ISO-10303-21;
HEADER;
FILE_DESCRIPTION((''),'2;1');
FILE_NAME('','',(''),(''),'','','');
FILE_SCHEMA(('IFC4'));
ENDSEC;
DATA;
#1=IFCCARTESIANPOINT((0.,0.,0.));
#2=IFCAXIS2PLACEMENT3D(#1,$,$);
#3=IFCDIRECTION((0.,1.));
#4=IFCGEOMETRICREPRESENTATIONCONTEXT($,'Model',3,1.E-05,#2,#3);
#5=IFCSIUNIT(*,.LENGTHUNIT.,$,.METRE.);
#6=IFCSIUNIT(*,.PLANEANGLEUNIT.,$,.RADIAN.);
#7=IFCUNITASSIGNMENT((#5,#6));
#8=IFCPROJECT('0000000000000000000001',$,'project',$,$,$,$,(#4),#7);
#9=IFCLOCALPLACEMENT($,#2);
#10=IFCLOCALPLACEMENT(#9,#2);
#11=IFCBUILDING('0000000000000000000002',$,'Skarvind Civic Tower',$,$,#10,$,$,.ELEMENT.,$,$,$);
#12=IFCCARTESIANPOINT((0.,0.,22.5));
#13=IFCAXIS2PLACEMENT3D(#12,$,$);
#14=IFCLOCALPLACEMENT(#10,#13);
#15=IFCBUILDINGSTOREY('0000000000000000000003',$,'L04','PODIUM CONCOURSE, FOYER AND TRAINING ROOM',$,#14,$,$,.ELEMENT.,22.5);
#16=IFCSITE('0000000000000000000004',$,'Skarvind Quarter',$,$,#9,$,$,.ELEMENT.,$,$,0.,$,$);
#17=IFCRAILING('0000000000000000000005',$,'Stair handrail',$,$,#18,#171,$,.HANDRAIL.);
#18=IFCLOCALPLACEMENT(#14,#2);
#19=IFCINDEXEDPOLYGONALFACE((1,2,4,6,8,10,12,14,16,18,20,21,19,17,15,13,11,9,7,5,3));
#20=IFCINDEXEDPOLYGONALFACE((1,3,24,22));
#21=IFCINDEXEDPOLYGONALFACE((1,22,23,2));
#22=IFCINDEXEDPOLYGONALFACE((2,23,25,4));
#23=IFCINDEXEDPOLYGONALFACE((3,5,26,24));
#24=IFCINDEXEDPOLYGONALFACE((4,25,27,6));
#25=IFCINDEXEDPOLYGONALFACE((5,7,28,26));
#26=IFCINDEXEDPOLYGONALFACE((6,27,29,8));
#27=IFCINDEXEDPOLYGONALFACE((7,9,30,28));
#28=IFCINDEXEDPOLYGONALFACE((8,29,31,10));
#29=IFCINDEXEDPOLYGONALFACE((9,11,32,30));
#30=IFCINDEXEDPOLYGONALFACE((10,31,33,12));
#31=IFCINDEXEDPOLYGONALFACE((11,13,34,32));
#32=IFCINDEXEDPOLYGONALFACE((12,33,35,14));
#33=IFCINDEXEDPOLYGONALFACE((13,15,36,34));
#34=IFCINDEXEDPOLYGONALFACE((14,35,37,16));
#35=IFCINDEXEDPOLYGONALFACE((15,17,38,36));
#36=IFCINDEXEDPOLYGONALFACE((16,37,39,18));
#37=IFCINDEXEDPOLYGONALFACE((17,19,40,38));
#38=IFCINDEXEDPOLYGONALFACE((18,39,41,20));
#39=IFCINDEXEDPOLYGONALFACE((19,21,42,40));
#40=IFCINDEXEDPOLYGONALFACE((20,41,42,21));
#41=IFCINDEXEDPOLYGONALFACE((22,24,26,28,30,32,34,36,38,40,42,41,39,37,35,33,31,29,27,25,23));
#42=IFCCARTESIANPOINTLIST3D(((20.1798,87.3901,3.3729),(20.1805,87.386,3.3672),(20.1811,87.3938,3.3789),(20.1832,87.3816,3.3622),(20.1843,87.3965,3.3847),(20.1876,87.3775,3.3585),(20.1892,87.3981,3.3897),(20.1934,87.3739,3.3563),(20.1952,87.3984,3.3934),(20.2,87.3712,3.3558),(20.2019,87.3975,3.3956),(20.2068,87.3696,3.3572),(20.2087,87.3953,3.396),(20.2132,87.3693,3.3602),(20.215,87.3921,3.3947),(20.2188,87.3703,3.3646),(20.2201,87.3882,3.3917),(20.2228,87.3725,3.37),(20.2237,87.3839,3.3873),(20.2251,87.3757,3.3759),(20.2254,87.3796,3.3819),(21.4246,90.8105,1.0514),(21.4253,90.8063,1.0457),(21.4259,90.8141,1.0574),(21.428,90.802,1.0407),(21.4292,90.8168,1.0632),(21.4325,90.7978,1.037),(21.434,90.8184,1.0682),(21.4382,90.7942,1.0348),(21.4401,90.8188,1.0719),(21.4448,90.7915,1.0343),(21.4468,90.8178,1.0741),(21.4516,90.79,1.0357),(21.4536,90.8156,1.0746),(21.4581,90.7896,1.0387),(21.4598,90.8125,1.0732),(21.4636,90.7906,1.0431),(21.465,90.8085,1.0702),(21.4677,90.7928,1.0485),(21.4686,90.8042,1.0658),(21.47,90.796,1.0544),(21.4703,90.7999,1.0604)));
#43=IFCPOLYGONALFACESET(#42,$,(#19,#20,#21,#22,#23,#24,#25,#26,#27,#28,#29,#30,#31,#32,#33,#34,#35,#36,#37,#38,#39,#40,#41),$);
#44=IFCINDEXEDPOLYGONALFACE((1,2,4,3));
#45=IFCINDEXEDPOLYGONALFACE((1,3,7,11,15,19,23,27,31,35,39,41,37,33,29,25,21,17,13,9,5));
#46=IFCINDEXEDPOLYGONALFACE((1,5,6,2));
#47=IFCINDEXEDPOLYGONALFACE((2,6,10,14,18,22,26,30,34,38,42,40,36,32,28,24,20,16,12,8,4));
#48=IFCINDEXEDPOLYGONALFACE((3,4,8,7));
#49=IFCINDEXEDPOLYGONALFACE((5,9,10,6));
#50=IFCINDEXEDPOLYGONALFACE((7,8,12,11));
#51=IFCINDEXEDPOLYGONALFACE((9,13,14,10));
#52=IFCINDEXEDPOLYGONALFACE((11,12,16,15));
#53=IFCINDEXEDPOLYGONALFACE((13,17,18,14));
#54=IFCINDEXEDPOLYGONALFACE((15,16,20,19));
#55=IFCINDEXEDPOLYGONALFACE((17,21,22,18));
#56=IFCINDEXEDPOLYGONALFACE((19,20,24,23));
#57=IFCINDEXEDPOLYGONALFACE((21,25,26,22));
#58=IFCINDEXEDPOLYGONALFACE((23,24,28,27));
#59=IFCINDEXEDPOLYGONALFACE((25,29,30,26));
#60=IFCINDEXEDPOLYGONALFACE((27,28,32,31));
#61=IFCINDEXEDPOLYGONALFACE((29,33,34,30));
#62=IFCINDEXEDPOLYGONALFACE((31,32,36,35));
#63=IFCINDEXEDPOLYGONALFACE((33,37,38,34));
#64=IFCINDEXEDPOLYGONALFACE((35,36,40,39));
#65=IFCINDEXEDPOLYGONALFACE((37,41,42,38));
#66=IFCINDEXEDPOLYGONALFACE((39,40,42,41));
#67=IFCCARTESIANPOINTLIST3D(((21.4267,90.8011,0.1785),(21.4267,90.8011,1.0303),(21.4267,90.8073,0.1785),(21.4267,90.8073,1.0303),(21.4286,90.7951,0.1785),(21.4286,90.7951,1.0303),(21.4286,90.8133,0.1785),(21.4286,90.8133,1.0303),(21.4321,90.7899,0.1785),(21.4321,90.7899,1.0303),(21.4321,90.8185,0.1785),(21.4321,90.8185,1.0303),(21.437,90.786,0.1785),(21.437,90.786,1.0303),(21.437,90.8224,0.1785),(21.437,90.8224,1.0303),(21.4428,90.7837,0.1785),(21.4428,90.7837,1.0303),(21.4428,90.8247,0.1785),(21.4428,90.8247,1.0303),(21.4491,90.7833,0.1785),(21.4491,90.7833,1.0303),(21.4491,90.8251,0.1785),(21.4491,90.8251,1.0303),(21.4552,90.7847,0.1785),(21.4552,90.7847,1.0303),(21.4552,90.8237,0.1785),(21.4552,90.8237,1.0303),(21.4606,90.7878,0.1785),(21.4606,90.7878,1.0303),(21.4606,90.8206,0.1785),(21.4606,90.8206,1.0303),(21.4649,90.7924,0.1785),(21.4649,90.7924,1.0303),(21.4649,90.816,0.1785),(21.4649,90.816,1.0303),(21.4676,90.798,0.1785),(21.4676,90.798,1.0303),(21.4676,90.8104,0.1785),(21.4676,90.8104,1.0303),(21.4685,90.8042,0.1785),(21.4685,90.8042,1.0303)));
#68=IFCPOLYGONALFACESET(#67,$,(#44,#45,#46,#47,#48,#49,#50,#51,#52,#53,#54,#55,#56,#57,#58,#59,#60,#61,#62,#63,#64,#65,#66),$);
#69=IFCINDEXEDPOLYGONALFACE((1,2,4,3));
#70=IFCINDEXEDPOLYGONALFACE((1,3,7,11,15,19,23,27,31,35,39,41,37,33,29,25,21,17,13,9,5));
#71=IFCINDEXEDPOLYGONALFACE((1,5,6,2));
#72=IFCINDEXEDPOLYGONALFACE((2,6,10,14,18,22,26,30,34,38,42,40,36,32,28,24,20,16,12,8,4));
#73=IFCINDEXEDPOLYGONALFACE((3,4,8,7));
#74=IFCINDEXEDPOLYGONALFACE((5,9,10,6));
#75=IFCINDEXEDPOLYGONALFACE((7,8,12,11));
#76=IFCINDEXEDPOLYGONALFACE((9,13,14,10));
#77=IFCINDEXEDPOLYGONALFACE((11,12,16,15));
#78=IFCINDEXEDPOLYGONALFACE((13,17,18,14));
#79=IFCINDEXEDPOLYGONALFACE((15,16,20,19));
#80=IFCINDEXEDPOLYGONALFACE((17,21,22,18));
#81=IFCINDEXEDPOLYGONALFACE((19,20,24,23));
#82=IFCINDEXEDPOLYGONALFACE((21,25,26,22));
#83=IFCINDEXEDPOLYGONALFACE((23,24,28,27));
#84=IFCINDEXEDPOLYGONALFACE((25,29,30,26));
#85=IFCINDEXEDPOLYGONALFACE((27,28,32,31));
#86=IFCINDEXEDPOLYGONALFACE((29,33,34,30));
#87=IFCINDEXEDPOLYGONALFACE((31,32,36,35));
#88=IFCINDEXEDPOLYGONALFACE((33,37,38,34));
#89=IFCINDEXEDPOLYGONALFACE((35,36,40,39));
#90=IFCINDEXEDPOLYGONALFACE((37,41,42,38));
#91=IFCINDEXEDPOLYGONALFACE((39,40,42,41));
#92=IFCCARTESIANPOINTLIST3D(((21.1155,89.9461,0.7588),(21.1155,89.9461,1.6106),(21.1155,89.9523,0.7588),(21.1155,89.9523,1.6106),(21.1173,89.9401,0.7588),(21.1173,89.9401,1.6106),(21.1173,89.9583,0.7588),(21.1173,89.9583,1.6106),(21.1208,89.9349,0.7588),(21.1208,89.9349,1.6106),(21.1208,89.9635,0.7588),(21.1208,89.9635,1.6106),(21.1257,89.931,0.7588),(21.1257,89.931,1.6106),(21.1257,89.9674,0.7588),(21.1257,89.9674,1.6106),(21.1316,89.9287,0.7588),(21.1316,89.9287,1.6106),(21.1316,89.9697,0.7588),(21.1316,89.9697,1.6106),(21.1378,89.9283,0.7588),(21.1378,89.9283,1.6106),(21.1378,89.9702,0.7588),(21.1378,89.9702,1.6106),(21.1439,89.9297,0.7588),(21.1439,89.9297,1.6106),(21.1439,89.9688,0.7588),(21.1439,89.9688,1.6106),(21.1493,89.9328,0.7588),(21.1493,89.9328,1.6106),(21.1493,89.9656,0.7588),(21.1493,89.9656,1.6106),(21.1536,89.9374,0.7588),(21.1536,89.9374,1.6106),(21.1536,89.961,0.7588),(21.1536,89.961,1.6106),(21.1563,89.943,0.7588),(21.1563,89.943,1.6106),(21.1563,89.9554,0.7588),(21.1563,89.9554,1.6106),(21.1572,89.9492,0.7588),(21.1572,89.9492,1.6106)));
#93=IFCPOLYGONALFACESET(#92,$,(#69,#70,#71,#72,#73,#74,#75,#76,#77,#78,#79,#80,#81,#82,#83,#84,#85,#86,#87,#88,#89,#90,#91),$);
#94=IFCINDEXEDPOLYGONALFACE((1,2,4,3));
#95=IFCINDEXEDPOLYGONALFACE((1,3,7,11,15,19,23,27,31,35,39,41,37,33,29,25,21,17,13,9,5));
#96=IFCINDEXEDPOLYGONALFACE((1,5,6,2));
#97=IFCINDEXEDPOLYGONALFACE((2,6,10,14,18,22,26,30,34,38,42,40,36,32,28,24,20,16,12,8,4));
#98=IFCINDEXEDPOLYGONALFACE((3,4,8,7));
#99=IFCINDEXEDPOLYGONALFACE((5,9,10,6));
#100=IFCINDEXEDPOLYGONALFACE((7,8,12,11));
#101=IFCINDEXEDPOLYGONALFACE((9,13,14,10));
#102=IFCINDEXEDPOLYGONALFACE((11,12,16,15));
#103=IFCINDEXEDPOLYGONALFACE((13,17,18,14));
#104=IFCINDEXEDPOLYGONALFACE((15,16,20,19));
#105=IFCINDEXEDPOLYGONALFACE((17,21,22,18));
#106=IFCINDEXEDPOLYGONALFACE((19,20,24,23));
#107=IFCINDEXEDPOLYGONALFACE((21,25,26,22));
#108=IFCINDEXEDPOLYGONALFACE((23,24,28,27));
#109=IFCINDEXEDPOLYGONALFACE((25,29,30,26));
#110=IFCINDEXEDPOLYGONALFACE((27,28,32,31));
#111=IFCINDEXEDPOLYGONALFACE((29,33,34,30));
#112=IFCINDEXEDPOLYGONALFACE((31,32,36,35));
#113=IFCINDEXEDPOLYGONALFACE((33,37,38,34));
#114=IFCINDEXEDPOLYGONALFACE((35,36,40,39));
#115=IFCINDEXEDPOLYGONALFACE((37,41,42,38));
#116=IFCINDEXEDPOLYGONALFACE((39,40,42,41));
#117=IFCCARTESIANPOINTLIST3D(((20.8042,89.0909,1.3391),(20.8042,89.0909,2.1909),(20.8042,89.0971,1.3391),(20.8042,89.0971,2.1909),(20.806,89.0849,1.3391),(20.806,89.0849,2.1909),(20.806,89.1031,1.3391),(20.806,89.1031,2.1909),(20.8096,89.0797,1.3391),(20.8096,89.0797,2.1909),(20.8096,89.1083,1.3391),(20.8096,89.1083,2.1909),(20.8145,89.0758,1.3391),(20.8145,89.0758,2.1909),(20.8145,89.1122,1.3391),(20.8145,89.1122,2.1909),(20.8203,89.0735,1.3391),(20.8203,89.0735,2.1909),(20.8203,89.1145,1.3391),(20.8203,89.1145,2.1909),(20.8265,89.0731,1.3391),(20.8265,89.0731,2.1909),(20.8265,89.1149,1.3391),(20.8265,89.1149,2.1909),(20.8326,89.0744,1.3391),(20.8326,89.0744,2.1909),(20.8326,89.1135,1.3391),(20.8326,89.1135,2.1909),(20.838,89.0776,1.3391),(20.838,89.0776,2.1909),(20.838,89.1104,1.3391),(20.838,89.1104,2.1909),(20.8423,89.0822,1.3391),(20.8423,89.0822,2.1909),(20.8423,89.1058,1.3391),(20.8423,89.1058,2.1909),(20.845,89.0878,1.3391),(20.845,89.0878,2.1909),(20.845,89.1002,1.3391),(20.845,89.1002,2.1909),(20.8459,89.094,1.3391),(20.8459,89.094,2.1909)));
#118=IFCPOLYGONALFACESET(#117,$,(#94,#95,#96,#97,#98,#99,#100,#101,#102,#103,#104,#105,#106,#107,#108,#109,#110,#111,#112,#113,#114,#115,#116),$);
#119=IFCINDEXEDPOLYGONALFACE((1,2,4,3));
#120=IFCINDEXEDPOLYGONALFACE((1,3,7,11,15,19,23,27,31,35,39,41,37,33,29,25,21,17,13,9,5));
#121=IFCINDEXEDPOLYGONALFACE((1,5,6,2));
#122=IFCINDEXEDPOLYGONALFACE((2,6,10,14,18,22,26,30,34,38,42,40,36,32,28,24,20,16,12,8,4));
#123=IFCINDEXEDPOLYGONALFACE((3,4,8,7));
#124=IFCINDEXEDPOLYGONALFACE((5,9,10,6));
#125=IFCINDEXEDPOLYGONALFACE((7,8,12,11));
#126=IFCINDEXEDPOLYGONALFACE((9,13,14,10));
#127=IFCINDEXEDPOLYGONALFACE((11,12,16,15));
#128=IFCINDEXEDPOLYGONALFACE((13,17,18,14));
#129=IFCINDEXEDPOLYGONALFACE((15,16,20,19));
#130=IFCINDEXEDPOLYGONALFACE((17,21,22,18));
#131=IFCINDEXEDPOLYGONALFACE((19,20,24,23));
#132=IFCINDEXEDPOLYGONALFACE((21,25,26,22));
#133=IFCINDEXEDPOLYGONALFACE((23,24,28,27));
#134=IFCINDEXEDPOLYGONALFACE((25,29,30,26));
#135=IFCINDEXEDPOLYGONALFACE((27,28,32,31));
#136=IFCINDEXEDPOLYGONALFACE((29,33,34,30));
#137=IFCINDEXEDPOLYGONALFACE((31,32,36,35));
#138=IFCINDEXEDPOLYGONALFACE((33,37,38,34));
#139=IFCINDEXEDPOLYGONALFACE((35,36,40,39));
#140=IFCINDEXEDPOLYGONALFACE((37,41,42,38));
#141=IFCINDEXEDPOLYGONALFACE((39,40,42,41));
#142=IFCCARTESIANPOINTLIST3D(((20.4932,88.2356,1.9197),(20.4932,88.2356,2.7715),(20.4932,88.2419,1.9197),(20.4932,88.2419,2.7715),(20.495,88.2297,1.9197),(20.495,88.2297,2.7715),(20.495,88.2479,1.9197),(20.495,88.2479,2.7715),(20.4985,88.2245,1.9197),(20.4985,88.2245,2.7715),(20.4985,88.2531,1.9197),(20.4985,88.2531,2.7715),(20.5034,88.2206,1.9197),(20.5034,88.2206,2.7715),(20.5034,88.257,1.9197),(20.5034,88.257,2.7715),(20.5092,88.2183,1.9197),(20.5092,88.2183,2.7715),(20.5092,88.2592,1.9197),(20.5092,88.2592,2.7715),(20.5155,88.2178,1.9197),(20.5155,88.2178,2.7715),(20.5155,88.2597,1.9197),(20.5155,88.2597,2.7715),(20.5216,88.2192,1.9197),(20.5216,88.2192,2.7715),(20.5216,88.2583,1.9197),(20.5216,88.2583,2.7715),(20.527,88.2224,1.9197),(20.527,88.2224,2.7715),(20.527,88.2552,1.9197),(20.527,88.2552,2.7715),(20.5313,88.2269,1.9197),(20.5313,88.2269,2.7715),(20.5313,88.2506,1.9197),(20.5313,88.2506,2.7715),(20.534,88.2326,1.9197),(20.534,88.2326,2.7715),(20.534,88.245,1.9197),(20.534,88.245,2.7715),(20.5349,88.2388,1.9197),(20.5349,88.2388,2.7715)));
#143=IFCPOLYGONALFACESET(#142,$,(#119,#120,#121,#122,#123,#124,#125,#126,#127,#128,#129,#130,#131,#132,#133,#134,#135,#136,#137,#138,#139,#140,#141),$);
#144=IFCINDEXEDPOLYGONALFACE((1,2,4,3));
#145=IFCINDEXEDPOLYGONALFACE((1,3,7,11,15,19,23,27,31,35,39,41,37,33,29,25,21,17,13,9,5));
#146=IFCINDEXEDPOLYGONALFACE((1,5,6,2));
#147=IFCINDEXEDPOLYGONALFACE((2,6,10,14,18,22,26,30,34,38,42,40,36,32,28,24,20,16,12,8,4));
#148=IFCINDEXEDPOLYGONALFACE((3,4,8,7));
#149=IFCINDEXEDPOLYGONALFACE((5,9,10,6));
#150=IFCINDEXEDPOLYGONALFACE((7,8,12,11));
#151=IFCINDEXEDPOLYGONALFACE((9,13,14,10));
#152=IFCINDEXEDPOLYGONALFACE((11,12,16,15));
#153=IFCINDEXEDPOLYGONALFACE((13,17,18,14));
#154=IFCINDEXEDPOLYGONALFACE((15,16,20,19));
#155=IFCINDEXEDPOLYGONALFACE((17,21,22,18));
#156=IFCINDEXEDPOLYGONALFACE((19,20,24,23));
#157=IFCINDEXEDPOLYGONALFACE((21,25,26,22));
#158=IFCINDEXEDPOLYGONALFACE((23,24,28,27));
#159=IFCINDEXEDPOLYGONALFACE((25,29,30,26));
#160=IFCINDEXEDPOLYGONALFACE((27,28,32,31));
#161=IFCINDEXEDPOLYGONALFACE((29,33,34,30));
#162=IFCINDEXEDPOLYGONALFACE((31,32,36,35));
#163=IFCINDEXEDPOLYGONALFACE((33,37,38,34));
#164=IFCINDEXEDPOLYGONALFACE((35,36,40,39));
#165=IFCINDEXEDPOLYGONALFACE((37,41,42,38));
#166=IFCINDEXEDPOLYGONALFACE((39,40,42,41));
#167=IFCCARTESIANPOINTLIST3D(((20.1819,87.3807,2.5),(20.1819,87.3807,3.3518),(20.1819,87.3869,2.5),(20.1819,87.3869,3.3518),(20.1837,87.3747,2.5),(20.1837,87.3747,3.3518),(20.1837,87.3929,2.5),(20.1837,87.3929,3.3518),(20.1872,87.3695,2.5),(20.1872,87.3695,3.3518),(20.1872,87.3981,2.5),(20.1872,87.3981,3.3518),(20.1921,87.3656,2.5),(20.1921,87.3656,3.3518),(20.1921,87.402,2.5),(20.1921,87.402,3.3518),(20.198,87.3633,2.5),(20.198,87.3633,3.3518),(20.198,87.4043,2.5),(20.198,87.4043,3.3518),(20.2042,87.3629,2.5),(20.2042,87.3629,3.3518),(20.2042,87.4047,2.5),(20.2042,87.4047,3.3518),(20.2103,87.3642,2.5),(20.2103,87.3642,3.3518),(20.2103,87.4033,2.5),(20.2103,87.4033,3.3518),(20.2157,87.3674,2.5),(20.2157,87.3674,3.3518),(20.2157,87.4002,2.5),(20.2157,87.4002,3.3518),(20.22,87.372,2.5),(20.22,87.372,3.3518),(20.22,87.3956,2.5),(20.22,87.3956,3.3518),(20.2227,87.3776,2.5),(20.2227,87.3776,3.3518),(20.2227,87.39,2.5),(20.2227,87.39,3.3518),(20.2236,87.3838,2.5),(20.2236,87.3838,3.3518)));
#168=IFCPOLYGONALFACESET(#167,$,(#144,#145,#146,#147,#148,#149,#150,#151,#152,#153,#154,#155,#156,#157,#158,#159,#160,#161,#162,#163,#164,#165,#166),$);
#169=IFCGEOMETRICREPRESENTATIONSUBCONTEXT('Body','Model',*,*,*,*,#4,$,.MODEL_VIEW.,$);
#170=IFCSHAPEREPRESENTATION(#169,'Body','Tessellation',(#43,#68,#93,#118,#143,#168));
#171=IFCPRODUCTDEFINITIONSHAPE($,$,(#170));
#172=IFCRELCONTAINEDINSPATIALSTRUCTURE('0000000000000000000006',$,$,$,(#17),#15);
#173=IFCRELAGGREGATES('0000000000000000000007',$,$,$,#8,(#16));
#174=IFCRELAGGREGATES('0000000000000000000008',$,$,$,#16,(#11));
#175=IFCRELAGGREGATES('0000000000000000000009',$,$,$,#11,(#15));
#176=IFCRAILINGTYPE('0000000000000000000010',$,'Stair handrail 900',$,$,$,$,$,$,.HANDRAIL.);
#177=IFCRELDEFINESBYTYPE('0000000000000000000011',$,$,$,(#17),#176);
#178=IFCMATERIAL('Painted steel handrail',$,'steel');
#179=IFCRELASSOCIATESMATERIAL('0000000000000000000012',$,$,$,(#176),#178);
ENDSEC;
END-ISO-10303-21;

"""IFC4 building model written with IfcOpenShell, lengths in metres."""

from ifc_helpers import new_model, si_unit, direction, frame, origin, origin_2d, place, context, subcontext, project, spatial, circle, extrude, material, type_object, element, save


model = new_model("IFC4")

# Units and contexts
model_context = context("Model", 3, precision=1e-05, world=origin(), true_north=direction((0.0, 1.0)))
body_context = subcontext(model_context, "Body", "Model", "MODEL_VIEW")
ifc_project = project(units=[si_unit("LENGTHUNIT", "METRE"), si_unit("PLANEANGLEUNIT", "RADIAN")], contexts=[model_context])

# Site, building, storey
site_placement = place(None, origin())
site = spatial("IfcSite", under=ifc_project, at=site_placement, Name="Skarvind Quarter", CompositionType="ELEMENT", RefElevation=0.0)
building_placement = place(site_placement, origin())
building = spatial("IfcBuilding", under=site, at=building_placement, Name="Skarvind Civic Tower", CompositionType="ELEMENT")
storey_placement = place(building_placement, frame((0.0, 0.0, 22.5)))
storey = spatial("IfcBuildingStorey", under=building, at=storey_placement, Name="L04", Description="PODIUM CONCOURSE, FOYER AND TRAINING ROOM", CompositionType="ELEMENT", Elevation=22.5)

# Railing
ifc_material_1 = material(Name="Painted steel handrail", Category="steel")
railing_type = type_object("IfcRailingType", Name="Stair handrail 900", PredefinedType="HANDRAIL", material=ifc_material_1)
railing_1_placement = place(storey_placement, frame((21.4475, 90.8042, 0.1785)))
element("IfcRailing", 1, at=railing_1_placement, inside=storey, type_object=railing_type, Name="Stair handrail", PredefinedType="HANDRAIL", context=body_context, shape_type="SweptSolid", body=[
    extrude(circle(Radius=0.0239, at=origin_2d()), frame((0.0, 0.0, 0.876), z_axis=(-0.28835, -0.792271, 0.537737), x_axis=(0.939697, -0.342007, 0.0)), (0.0, 0.0, 1.0), 4.3171),
    extrude(circle(Radius=0.021, at=origin_2d()), origin(), (0.0, 0.0, 1.0), 0.8518),
    extrude(circle(Radius=0.021, at=origin_2d()), frame((-0.3113, -0.855, 0.5803)), (0.0, 0.0, 1.0), 0.8518),
    extrude(circle(Radius=0.021, at=origin_2d()), frame((-0.6226, -1.7102, 1.1606)), (0.0, 0.0, 1.0), 0.8518),
    extrude(circle(Radius=0.021, at=origin_2d()), frame((-0.9336, -2.5654, 1.7412)), (0.0, 0.0, 1.0), 0.8518),
    extrude(circle(Radius=0.021, at=origin_2d()), frame((-1.2449, -3.4204, 2.3215)), (0.0, 0.0, 1.0), 0.8518),
])

save(model, "model.ifc")
